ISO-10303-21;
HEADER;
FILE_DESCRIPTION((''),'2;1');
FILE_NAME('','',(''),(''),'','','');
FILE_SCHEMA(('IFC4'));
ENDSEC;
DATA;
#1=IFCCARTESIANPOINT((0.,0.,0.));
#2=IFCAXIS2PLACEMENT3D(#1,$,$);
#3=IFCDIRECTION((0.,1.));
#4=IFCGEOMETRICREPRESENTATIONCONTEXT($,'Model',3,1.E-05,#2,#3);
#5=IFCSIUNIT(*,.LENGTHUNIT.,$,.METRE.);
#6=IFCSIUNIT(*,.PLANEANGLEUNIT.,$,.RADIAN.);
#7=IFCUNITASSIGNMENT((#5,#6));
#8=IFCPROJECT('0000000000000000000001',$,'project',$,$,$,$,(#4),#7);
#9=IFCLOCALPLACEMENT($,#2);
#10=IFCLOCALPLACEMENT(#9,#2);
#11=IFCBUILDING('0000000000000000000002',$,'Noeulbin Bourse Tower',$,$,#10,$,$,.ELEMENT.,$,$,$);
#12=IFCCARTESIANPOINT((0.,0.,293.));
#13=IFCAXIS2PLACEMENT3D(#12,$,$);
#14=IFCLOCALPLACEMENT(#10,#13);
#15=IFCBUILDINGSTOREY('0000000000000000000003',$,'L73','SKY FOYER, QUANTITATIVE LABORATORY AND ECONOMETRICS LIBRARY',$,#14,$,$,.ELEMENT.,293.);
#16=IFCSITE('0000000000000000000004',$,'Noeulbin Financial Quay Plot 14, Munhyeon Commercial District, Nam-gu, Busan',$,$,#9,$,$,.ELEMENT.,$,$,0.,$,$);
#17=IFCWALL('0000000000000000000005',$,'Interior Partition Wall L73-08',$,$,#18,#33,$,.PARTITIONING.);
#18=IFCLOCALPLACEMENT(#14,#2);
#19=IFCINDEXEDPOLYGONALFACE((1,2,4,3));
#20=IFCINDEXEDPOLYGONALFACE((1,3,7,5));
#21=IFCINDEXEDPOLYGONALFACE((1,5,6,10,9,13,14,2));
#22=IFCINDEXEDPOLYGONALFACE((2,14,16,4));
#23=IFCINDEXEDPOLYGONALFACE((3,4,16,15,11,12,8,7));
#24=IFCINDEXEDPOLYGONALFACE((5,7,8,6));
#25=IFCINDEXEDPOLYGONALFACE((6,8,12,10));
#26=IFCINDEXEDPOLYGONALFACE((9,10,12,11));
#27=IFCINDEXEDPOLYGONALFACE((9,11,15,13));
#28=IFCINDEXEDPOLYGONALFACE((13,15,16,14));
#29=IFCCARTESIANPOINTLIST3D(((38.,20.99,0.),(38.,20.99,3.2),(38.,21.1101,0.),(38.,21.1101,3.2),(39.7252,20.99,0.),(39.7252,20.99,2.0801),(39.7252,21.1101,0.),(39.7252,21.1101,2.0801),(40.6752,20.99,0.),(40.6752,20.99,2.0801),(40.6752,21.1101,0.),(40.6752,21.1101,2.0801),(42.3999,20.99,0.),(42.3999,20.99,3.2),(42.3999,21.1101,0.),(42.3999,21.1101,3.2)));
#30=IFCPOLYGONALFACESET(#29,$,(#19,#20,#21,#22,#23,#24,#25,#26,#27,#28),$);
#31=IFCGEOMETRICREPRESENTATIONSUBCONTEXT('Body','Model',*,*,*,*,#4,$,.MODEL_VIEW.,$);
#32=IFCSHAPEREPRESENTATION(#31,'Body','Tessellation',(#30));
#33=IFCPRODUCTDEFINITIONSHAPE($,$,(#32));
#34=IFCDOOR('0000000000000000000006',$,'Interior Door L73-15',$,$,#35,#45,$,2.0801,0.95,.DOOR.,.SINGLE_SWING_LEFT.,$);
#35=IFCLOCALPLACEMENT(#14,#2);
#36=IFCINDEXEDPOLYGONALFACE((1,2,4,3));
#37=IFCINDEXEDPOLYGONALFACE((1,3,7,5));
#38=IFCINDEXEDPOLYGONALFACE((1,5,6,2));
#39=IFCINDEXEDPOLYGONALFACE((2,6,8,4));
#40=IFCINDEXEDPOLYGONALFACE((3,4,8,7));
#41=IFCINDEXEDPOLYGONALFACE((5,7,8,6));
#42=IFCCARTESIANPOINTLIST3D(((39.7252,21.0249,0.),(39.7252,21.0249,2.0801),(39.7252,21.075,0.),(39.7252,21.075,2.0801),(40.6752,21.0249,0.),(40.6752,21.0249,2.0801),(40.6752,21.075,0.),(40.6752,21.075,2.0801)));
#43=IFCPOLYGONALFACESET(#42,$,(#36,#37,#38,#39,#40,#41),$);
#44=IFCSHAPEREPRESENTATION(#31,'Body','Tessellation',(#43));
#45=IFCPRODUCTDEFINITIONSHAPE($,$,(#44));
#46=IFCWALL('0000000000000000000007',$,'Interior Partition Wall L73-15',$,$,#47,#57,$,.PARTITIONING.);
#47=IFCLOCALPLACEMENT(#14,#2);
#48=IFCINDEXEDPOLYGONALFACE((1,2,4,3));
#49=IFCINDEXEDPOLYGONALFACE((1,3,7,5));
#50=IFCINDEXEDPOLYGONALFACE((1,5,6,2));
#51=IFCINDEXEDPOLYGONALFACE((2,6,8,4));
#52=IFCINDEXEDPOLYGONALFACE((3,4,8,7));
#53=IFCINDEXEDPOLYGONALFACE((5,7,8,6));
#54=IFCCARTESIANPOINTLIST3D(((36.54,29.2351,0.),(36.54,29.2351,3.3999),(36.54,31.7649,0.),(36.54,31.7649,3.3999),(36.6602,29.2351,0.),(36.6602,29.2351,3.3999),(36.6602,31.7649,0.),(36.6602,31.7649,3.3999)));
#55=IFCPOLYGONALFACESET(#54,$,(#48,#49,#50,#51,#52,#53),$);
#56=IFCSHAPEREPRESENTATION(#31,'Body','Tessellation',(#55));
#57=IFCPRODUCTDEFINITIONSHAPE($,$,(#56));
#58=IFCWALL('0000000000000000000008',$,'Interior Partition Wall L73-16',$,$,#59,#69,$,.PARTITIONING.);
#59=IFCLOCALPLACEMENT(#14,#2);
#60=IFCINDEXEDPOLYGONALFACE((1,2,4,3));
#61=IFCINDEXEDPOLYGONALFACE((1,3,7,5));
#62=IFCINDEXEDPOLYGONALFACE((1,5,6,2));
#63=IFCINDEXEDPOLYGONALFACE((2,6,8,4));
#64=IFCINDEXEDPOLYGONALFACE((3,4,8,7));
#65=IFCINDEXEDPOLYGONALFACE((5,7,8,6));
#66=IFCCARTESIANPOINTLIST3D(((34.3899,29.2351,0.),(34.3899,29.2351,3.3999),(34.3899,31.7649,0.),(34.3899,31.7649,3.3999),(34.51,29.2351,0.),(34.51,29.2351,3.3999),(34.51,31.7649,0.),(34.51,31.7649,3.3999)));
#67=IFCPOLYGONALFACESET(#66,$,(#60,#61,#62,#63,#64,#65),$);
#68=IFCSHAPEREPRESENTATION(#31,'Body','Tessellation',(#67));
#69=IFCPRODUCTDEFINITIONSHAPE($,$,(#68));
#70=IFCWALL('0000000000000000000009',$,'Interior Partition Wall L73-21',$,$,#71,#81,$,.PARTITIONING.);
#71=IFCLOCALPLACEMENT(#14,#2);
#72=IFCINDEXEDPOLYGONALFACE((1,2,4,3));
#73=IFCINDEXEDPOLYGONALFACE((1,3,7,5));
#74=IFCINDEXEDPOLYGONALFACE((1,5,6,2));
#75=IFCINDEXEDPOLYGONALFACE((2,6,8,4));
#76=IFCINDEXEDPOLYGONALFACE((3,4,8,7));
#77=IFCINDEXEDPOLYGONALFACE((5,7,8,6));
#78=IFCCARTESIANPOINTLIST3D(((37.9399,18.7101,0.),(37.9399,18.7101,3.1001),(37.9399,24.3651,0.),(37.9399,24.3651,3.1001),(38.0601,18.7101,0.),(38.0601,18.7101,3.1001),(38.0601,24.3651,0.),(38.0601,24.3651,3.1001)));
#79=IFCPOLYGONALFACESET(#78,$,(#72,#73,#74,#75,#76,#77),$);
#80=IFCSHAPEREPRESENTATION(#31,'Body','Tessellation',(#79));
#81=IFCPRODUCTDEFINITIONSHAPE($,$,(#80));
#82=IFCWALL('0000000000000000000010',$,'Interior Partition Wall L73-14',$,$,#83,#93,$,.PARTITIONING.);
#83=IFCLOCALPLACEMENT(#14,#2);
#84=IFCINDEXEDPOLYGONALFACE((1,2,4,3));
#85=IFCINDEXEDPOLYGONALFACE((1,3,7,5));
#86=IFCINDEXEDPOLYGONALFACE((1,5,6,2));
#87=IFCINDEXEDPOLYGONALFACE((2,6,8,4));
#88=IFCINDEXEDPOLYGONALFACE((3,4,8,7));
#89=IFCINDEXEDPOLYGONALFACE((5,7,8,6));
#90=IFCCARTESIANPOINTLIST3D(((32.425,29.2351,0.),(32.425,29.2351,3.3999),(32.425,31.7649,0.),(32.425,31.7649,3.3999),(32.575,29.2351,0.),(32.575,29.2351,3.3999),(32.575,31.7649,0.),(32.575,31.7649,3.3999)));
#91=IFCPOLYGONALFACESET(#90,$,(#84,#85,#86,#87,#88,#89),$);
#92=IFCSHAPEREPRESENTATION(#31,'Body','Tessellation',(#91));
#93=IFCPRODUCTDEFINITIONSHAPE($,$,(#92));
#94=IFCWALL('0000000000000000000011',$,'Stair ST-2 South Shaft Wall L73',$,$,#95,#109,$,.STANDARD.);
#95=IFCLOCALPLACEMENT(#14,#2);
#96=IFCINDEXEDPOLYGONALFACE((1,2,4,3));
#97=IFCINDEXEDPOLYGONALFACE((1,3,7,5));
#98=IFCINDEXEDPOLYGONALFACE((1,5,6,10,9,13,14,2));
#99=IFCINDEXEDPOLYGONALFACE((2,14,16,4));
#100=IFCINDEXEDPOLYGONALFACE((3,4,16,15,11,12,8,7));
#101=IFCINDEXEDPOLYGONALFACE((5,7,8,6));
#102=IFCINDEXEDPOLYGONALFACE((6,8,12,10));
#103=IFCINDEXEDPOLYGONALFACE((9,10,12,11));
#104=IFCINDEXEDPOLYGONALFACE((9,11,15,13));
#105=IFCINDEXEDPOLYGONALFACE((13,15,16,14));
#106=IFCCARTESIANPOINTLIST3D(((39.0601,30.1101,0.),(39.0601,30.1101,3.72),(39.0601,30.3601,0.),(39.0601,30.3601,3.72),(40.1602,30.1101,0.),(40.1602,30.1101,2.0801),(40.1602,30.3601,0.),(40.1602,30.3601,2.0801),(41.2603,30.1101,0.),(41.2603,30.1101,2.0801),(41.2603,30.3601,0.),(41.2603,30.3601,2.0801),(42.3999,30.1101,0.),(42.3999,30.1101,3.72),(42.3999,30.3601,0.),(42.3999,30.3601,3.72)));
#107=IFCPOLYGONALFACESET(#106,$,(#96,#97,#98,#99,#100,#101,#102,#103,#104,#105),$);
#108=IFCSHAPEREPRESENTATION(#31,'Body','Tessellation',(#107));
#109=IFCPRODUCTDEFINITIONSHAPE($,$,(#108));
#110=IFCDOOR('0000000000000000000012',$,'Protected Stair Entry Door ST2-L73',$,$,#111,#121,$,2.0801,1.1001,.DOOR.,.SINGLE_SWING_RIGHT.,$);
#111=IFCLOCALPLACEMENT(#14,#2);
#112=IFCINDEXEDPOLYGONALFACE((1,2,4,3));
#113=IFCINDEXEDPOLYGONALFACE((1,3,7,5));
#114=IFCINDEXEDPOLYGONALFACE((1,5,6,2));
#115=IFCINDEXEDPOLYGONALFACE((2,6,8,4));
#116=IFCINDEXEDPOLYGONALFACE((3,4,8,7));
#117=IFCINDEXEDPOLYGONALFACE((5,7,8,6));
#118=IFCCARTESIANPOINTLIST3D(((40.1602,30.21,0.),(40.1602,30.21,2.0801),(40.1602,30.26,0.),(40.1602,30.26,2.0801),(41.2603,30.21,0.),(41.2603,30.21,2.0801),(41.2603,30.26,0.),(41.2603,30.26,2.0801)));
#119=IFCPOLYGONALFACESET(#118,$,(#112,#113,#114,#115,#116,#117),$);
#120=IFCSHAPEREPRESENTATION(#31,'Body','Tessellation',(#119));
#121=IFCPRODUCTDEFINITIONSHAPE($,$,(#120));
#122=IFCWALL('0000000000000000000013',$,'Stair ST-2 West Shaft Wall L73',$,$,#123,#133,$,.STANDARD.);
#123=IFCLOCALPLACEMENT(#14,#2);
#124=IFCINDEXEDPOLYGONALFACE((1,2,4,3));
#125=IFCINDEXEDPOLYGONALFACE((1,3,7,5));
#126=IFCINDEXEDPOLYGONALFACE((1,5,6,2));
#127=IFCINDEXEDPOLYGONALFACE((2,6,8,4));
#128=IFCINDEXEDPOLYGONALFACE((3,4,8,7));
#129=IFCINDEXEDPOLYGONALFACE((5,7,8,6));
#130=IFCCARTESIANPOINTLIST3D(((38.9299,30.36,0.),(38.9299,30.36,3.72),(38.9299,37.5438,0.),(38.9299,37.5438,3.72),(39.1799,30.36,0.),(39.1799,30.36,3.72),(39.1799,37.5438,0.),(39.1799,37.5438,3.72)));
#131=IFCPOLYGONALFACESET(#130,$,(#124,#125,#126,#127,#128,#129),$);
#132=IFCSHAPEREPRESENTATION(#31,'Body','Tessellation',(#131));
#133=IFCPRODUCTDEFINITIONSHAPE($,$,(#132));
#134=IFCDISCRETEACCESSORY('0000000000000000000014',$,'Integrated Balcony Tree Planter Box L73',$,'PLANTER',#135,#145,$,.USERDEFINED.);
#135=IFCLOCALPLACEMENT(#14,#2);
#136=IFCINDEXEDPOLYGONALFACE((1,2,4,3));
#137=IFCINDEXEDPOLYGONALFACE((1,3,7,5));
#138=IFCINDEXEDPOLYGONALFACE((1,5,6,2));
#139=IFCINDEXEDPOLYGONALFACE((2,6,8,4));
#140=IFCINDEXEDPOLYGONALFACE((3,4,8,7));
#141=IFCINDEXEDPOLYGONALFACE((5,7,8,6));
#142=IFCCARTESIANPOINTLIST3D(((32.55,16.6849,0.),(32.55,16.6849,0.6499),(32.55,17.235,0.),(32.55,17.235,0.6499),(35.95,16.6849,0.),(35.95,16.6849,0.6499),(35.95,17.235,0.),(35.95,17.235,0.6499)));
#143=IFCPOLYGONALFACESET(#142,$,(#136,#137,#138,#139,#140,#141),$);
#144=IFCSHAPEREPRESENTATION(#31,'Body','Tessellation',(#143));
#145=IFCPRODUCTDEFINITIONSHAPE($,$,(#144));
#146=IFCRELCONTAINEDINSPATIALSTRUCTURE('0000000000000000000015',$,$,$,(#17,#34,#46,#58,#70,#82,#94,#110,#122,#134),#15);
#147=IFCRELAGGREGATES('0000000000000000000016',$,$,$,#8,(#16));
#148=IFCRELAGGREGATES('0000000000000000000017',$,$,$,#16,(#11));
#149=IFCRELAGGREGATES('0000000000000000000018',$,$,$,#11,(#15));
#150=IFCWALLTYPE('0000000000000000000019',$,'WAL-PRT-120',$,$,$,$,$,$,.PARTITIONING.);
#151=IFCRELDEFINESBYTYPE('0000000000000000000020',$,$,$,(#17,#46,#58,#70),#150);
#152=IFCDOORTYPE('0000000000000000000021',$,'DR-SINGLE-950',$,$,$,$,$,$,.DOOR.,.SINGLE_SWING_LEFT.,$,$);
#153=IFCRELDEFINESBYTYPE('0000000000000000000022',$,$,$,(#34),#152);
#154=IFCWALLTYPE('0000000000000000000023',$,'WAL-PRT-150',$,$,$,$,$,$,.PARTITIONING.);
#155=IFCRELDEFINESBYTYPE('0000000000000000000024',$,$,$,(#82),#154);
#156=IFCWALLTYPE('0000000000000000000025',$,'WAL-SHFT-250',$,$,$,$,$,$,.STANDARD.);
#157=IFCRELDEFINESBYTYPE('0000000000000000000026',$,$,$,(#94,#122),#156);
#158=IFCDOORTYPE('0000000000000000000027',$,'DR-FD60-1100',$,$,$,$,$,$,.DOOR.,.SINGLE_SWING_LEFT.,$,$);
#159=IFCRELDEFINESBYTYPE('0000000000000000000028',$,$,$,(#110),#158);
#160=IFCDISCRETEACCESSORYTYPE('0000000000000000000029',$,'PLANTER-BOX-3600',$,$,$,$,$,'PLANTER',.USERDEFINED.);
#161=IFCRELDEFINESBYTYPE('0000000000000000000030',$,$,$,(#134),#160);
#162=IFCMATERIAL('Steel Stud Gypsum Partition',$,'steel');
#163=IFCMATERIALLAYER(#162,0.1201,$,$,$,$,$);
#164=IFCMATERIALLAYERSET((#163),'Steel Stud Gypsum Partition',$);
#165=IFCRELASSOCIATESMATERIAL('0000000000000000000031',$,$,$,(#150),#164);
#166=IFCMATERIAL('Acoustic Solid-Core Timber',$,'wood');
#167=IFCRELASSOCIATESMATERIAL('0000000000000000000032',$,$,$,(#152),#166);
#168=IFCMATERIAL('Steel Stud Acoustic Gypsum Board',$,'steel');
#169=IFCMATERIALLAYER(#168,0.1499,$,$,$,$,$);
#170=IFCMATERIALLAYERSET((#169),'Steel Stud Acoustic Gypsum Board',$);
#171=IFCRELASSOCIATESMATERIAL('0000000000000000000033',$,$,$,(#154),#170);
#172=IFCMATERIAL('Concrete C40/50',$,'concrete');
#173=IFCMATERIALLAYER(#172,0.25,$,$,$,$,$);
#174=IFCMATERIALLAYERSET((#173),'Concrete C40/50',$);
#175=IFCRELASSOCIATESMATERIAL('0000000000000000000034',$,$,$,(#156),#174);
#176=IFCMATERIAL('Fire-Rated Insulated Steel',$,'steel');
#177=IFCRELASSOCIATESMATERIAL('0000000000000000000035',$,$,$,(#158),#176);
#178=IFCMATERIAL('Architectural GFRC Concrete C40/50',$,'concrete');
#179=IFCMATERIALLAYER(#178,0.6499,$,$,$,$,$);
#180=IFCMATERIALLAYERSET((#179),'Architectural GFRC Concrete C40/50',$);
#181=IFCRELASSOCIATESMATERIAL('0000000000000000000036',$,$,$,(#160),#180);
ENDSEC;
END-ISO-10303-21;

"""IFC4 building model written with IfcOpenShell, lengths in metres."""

from ifc_helpers import new_model, si_unit, direction, frame, frame_2d, origin, origin_2d, place, context, subcontext, project, spatial, rectangle, extrude, material, layer, layer_set, type_object, element, fill, save


model = new_model("IFC4")

# Units and contexts
model_context = context("Model", 3, precision=1e-05, world=origin(), true_north=direction((0.0, 1.0)))
body_context = subcontext(model_context, "Body", "Model", "MODEL_VIEW")
ifc_project = project(units=[si_unit("LENGTHUNIT", "METRE"), si_unit("PLANEANGLEUNIT", "RADIAN")], contexts=[model_context])

# Site, building, storey
site_placement = place(None, origin())
site = spatial("IfcSite", under=ifc_project, at=site_placement, Name="Noeulbin Financial Quay Plot 14, Munhyeon Commercial District, Nam-gu, Busan", CompositionType="ELEMENT", RefElevation=0.0)
building_placement = place(site_placement, origin())
building = spatial("IfcBuilding", under=site, at=building_placement, Name="Noeulbin Bourse Tower", CompositionType="ELEMENT")
storey_placement = place(building_placement, frame((0.0, 0.0, 293.0)))
storey = spatial("IfcBuildingStorey", under=building, at=storey_placement, Name="L73", Description="SKY FOYER, QUANTITATIVE LABORATORY AND ECONOMETRICS LIBRARY", CompositionType="ELEMENT", Elevation=293.0)

# Shared definitions
ifc_material_1 = material(Name="Concrete C40/50", Category="concrete")

# Wall, opening, door
ifc_material_2 = material(Name="Steel Stud Gypsum Partition", Category="steel")
ifc_layer_1 = layer(ifc_material_2, 0.1201)
ifc_layer_set_1 = layer_set([ifc_layer_1], Name="Steel Stud Gypsum Partition")
wall_type_1 = type_object("IfcWallType", Name="WAL-PRT-120", PredefinedType="PARTITIONING", material=ifc_layer_set_1)
wall_1_placement = place(storey_placement, frame((38.0, 21.05, 0.0), z_axis=(0.0, 0.0, 1.0), x_axis=(1.0, 0.0, 0.0)))
wall_1 = element("IfcWall", 1, at=wall_1_placement, inside=storey, type_object=wall_type_1, Name="Interior Partition Wall L73-08", PredefinedType="PARTITIONING", context=body_context, shape_type="SweptSolid", body=[
    extrude(rectangle(XDim=4.3999, YDim=0.1201, at=frame_2d((2.2, 0.0))), origin(), (0.0, 0.0, 1.0), 3.2),
])
opening_1_placement = place(wall_1_placement, frame((1.7251, 0.0, 0.0)))
opening_1 = element("IfcOpeningElement", 2, at=opening_1_placement, cuts=wall_1, PredefinedType="OPENING", context=body_context, shape_type="SweptSolid", body=[
    extrude(rectangle(XDim=0.95, YDim=2.0801, at=frame_2d((0.4751, 1.04))), frame((0.0, 0.0701, 0.0), z_axis=(0.0, -1.0, 0.0), x_axis=(1.0, 0.0, 0.0)), (0.0, 0.0, 1.0), 0.1401),
])
ifc_material_3 = material(Name="Acoustic Solid-Core Timber", Category="wood")
door_type_1 = type_object("IfcDoorType", Name="DR-SINGLE-950", OperationType="SINGLE_SWING_LEFT", PredefinedType="DOOR", material=ifc_material_3)
door_1_placement = place(opening_1_placement, origin())
door_1 = element("IfcDoor", 3, at=door_1_placement, inside=storey, type_object=door_type_1, Name="Interior Door L73-15", OperationType="SINGLE_SWING_LEFT", OverallHeight=2.0801, OverallWidth=0.95, PredefinedType="DOOR", context=body_context, shape_type="SweptSolid", body=[
    extrude(rectangle(XDim=0.95, YDim=2.0801, at=frame_2d((0.4751, 1.04))), frame((0.0, 0.0249, 0.0), z_axis=(0.0, -1.0, 0.0), x_axis=(1.0, 0.0, 0.0)), (0.0, 0.0, 1.0), 0.05),
])
fill(opening_1, door_1)

# Walls
for number, where, z_axis, x_axis, name in (
    (4, (36.6001, 29.2351, 0.0), (0.0, 0.0, 1.0), (0.0, 1.0, 0.0), "Interior Partition Wall L73-15"),
    (5, (34.45, 29.2351, 0.0), (0.0, 0.0, 1.0), (0.0, 1.0, 0.0), "Interior Partition Wall L73-16"),
):
    element("IfcWall", number, at=place(storey_placement, frame(where, z_axis=z_axis, x_axis=x_axis)), inside=storey, type_object=wall_type_1, Name=name, PredefinedType="PARTITIONING", context=body_context, shape_type="SweptSolid", body=[
        extrude(rectangle(XDim=2.5298, YDim=0.1201, at=frame_2d((1.2649, 0.0))), origin(), (0.0, 0.0, 1.0), 3.3999),
    ])
wall_2_placement = place(storey_placement, frame((38.0, 18.71, 0.0), z_axis=(0.0, 0.0, 1.0), x_axis=(0.0, 1.0, 0.0)))
element("IfcWall", 6, at=wall_2_placement, inside=storey, type_object=wall_type_1, Name="Interior Partition Wall L73-21", PredefinedType="PARTITIONING", context=body_context, shape_type="SweptSolid", body=[
    extrude(rectangle(XDim=5.655, YDim=0.1201, at=frame_2d((2.8276, 0.0))), origin(), (0.0, 0.0, 1.0), 3.1001),
])
ifc_material_4 = material(Name="Steel Stud Acoustic Gypsum Board", Category="steel")
ifc_layer_2 = layer(ifc_material_4, 0.1499)
ifc_layer_set_2 = layer_set([ifc_layer_2], Name="Steel Stud Acoustic Gypsum Board")
wall_type_2 = type_object("IfcWallType", Name="WAL-PRT-150", PredefinedType="PARTITIONING", material=ifc_layer_set_2)
wall_3_placement = place(storey_placement, frame((32.5, 29.2351, 0.0), z_axis=(0.0, 0.0, 1.0), x_axis=(0.0, 1.0, 0.0)))
element("IfcWall", 7, at=wall_3_placement, inside=storey, type_object=wall_type_2, Name="Interior Partition Wall L73-14", PredefinedType="PARTITIONING", context=body_context, shape_type="SweptSolid", body=[
    extrude(rectangle(XDim=2.5298, YDim=0.1499, at=frame_2d((1.2649, 0.0))), origin(), (0.0, 0.0, 1.0), 3.3999),
])

# Wall, opening, door
ifc_layer_3 = layer(ifc_material_1, 0.25)
ifc_layer_set_3 = layer_set([ifc_layer_3], Name="Concrete C40/50")
wall_type_3 = type_object("IfcWallType", Name="WAL-SHFT-250", PredefinedType="STANDARD", material=ifc_layer_set_3)
wall_4_placement = place(storey_placement, frame((39.0601, 30.2351, 0.0), z_axis=(0.0, 0.0, 1.0), x_axis=(1.0, 0.0, 0.0)))
wall_4 = element("IfcWall", 8, at=wall_4_placement, inside=storey, type_object=wall_type_3, Name="Stair ST-2 South Shaft Wall L73", PredefinedType="STANDARD", context=body_context, shape_type="SweptSolid", body=[
    extrude(rectangle(XDim=3.3398, YDim=0.25, at=frame_2d((1.6699, 0.0))), origin(), (0.0, 0.0, 1.0), 3.72),
])
opening_2_placement = place(wall_4_placement, frame((1.1001, 0.0, 0.0)))
opening_2 = element("IfcOpeningElement", 9, at=opening_2_placement, cuts=wall_4, PredefinedType="OPENING", context=body_context, shape_type="SweptSolid", body=[
    extrude(rectangle(XDim=1.1001, YDim=2.0801, at=frame_2d((0.55, 1.04))), frame((0.0, 0.135, 0.0), z_axis=(0.0, -1.0, 0.0), x_axis=(1.0, 0.0, 0.0)), (0.0, 0.0, 1.0), 0.27),
])
ifc_material_5 = material(Name="Fire-Rated Insulated Steel", Category="steel")
door_type_2 = type_object("IfcDoorType", Name="DR-FD60-1100", OperationType="SINGLE_SWING_LEFT", PredefinedType="DOOR", material=ifc_material_5)
door_2_placement = place(opening_2_placement, origin())
door_2 = element("IfcDoor", 10, at=door_2_placement, inside=storey, type_object=door_type_2, Name="Protected Stair Entry Door ST2-L73", OperationType="SINGLE_SWING_RIGHT", OverallHeight=2.0801, OverallWidth=1.1001, PredefinedType="DOOR", context=body_context, shape_type="SweptSolid", body=[
    extrude(rectangle(XDim=1.1001, YDim=2.0801, at=frame_2d((0.55, 1.04))), frame((0.0, 0.0249, 0.0), z_axis=(0.0, -1.0, 0.0), x_axis=(1.0, 0.0, 0.0)), (0.0, 0.0, 1.0), 0.05),
])
fill(opening_2, door_2)

# Wall
wall_5_placement = place(storey_placement, frame((39.0549, 30.3601, 0.0), z_axis=(0.0, 0.0, 1.0), x_axis=(0.0, 1.0, 0.0)))
element("IfcWall", 11, at=wall_5_placement, inside=storey, type_object=wall_type_3, Name="Stair ST-2 West Shaft Wall L73", PredefinedType="STANDARD", context=body_context, shape_type="SweptSolid", body=[
    extrude(rectangle(XDim=7.1838, YDim=0.25, at=frame_2d((3.5918, 0.0))), origin(), (0.0, 0.0, 1.0), 3.72),
])

# Discrete accessory
ifc_material_6 = material(Name="Architectural GFRC Concrete C40/50", Category="concrete")
ifc_layer_4 = layer(ifc_material_6, 0.6499)
ifc_layer_set_4 = layer_set([ifc_layer_4], Name="Architectural GFRC Concrete C40/50")
discrete_accessory_type = type_object("IfcDiscreteAccessoryType", Name="PLANTER-BOX-3600", ElementType="PLANTER", PredefinedType="USERDEFINED", material=ifc_layer_set_4)
discrete_accessory_placement = place(storey_placement, frame((34.25, 16.96, 0.0), z_axis=(0.0, 0.0, 1.0), x_axis=(1.0, 0.0, 0.0)))
element("IfcDiscreteAccessory", 12, at=discrete_accessory_placement, inside=storey, type_object=discrete_accessory_type, Name="Integrated Balcony Tree Planter Box L73", ObjectType="PLANTER", PredefinedType="USERDEFINED", context=body_context, shape_type="SweptSolid", body=[
    extrude(rectangle(XDim=3.3999, YDim=0.55, at=origin_2d()), origin(), (0.0, 0.0, 1.0), 0.6499),
])

save(model, "model.ifc")
